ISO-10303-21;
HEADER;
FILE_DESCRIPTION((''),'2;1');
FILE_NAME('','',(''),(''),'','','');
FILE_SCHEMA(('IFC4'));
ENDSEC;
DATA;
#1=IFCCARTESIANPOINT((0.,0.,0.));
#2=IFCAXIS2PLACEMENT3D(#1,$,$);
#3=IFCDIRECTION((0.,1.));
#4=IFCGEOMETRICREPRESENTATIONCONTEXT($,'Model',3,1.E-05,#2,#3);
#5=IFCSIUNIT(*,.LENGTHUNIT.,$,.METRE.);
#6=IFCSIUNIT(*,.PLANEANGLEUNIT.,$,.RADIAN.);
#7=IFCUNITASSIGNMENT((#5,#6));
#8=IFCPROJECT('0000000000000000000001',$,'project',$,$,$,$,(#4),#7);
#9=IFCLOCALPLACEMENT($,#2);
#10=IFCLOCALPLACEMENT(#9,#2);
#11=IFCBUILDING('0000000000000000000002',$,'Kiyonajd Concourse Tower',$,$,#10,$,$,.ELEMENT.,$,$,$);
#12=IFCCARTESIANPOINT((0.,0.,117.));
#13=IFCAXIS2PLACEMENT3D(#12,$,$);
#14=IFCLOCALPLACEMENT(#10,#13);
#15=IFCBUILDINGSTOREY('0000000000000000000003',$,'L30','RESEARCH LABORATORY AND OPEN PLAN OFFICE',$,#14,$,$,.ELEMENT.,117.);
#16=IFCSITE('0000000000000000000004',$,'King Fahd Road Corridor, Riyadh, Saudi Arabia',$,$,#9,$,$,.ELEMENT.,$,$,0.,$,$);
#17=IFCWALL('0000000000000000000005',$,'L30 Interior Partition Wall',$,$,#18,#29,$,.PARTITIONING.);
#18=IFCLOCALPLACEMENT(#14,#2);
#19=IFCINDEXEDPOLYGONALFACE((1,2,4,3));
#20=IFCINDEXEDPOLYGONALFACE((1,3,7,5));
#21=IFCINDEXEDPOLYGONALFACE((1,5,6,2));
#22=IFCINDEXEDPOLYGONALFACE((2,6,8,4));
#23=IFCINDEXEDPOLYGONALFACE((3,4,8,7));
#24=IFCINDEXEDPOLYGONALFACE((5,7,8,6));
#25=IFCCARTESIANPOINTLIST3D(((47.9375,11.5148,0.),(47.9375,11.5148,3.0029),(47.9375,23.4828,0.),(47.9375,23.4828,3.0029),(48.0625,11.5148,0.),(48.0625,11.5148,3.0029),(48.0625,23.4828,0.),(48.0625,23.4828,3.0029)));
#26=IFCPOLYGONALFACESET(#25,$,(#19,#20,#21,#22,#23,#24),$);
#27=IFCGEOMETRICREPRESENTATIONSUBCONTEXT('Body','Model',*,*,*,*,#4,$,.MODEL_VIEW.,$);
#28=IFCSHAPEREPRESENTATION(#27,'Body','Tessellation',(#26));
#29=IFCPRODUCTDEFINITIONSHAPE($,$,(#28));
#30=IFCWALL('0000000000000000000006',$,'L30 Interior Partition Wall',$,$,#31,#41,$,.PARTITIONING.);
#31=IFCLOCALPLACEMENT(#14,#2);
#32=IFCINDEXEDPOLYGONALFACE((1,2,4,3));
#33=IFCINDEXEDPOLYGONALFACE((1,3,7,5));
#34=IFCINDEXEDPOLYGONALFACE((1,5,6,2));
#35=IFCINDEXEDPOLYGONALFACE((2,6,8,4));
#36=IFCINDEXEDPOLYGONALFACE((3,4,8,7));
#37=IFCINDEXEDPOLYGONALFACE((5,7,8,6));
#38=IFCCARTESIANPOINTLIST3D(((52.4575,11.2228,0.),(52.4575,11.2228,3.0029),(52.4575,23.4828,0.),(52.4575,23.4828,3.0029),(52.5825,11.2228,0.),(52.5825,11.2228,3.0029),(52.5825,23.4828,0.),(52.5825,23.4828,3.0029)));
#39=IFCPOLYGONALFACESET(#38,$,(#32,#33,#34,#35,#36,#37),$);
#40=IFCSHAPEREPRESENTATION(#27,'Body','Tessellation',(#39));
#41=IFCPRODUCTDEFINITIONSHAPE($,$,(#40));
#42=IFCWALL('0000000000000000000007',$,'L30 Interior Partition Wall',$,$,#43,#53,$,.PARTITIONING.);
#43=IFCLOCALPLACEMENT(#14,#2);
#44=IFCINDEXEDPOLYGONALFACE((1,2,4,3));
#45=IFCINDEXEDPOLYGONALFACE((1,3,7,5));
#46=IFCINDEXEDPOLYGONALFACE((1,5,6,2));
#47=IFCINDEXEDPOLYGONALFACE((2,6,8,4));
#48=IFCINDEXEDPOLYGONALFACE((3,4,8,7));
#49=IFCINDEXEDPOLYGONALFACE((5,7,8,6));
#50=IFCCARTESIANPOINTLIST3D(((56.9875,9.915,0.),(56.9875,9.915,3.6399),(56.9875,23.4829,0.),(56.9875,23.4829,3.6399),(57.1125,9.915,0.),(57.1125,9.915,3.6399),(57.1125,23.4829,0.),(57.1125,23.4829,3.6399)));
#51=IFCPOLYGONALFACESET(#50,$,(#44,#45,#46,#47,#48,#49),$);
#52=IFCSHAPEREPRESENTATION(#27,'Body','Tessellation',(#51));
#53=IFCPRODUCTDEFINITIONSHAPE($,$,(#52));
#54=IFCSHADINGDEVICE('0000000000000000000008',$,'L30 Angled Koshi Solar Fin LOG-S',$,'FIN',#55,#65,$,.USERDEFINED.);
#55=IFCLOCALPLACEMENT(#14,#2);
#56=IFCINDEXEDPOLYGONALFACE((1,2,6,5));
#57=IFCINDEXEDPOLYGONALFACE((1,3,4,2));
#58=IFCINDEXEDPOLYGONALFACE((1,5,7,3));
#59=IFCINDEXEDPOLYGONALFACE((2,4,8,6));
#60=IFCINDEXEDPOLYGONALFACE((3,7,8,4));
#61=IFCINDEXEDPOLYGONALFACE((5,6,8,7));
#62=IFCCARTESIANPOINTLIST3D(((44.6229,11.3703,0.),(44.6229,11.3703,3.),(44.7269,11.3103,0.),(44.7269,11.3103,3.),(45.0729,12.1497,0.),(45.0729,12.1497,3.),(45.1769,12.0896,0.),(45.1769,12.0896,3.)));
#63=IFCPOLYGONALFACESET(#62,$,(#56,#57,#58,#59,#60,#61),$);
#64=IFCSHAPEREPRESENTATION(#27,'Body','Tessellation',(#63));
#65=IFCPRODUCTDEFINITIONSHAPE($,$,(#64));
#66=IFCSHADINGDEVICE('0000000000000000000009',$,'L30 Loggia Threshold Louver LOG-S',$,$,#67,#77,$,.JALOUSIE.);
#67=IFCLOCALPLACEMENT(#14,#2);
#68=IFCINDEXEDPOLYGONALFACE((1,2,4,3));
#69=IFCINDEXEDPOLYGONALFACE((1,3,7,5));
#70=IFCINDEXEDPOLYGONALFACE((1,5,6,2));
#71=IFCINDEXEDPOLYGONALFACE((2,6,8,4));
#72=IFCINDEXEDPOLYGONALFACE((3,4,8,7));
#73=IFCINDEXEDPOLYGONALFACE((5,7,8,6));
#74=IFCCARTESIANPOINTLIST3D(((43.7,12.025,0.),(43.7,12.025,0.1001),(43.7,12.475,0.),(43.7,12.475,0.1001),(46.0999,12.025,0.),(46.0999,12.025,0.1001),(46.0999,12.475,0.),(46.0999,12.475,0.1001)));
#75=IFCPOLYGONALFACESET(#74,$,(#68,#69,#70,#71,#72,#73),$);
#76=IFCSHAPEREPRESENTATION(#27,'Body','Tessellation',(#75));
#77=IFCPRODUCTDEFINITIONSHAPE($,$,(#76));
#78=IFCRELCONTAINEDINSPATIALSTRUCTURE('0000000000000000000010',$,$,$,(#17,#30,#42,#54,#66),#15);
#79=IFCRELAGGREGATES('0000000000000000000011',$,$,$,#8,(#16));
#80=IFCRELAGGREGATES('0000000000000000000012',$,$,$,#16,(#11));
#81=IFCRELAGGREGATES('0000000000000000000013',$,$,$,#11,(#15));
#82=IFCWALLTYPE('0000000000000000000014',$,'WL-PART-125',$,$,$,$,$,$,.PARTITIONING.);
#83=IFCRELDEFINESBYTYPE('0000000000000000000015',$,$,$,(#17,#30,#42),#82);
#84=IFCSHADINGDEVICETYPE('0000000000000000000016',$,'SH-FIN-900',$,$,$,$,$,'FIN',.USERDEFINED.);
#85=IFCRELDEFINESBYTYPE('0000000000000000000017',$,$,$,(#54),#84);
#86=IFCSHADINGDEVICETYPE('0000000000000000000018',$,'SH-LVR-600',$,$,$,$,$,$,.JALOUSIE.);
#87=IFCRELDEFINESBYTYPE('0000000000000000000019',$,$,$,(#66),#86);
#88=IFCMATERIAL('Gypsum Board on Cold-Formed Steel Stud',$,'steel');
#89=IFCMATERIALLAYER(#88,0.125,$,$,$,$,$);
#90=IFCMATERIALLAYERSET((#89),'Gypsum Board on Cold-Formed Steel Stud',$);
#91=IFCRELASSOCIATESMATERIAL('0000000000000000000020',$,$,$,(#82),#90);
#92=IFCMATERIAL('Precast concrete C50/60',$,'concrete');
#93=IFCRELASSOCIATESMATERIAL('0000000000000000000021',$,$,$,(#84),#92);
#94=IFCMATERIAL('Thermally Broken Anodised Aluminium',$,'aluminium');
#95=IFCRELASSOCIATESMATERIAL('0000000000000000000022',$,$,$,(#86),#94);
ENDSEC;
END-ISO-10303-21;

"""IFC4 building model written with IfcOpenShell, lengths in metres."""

from ifc_helpers import new_model, si_unit, direction, frame, frame_2d, origin, origin_2d, place, context, subcontext, project, spatial, rectangle, extrude, material, layer, layer_set, type_object, element, save


model = new_model("IFC4")

# Units and contexts
model_context = context("Model", 3, precision=1e-05, world=origin(), true_north=direction((0.0, 1.0)))
body_context = subcontext(model_context, "Body", "Model", "MODEL_VIEW")
ifc_project = project(units=[si_unit("LENGTHUNIT", "METRE"), si_unit("PLANEANGLEUNIT", "RADIAN")], contexts=[model_context])

# Site, building, storey
site_placement = place(None, origin())
site = spatial("IfcSite", under=ifc_project, at=site_placement, Name="King Fahd Road Corridor, Riyadh, Saudi Arabia", CompositionType="ELEMENT", RefElevation=0.0)
building_placement = place(site_placement, origin())
building = spatial("IfcBuilding", under=site, at=building_placement, Name="Kiyonajd Concourse Tower", CompositionType="ELEMENT")
storey_placement = place(building_placement, frame((0.0, 0.0, 117.0)))
storey = spatial("IfcBuildingStorey", under=building, at=storey_placement, Name="L30", Description="RESEARCH LABORATORY AND OPEN PLAN OFFICE", CompositionType="ELEMENT", Elevation=117.0)

# Shared definitions
ifc_material_1 = material(Name="Precast concrete C50/60", Category="concrete")

# Shared definitions
ifc_material_2 = material(Name="Thermally Broken Anodised Aluminium", Category="aluminium")

# Walls
ifc_material_3 = material(Name="Gypsum Board on Cold-Formed Steel Stud", Category="steel")
ifc_layer_1 = layer(ifc_material_3, 0.125)
ifc_layer_set_1 = layer_set([ifc_layer_1], Name="Gypsum Board on Cold-Formed Steel Stud")
wall_type_1 = type_object("IfcWallType", Name="WL-PART-125", PredefinedType="PARTITIONING", material=ifc_layer_set_1)
wall_1_placement = place(storey_placement, frame((48.0, 11.5149, 0.0), z_axis=(0.0, 0.0, 1.0), x_axis=(0.0, 1.0, 0.0)))
element("IfcWall", 1, at=wall_1_placement, inside=storey, type_object=wall_type_1, Name="L30 Interior Partition Wall", PredefinedType="PARTITIONING", context=body_context, shape_type="SweptSolid", body=[
    extrude(rectangle(XDim=11.968, YDim=0.125, at=frame_2d((5.9839, 0.0))), origin(), (0.0, 0.0, 1.0), 3.0029),
])
wall_2_placement = place(storey_placement, frame((52.52, 11.2229, 0.0), z_axis=(0.0, 0.0, 1.0), x_axis=(0.0, 1.0, 0.0)))
element("IfcWall", 2, at=wall_2_placement, inside=storey, type_object=wall_type_1, Name="L30 Interior Partition Wall", PredefinedType="PARTITIONING", context=body_context, shape_type="SweptSolid", body=[
    extrude(rectangle(XDim=12.26, YDim=0.125, at=frame_2d((6.1299, 0.0))), origin(), (0.0, 0.0, 1.0), 3.0029),
])
wall_3_placement = place(storey_placement, frame((57.05, 9.915, 0.0), z_axis=(0.0, 0.0, 1.0), x_axis=(0.0, 1.0, 0.0)))
element("IfcWall", 3, at=wall_3_placement, inside=storey, type_object=wall_type_1, Name="L30 Interior Partition Wall", PredefinedType="PARTITIONING", context=body_context, shape_type="SweptSolid", body=[
    extrude(rectangle(XDim=13.5679, YDim=0.125, at=frame_2d((6.7839, 0.0))), origin(), (0.0, 0.0, 1.0), 3.6399),
])

# Shading devices
shading_device_type_1 = type_object("IfcShadingDeviceType", Name="SH-FIN-900", ElementType="FIN", PredefinedType="USERDEFINED", material=ifc_material_1)
shading_device_1_placement = place(storey_placement, frame((44.8999, 11.73, 0.0), z_axis=(0.0, 0.0, 1.0), x_axis=(0.5, 0.866025, 0.0)))
element("IfcShadingDevice", 4, at=shading_device_1_placement, inside=storey, type_object=shading_device_type_1, Name="L30 Angled Koshi Solar Fin LOG-S", ObjectType="FIN", PredefinedType="USERDEFINED", context=body_context, shape_type="SweptSolid", body=[
    extrude(rectangle(XDim=0.8999, YDim=0.1201, at=origin_2d()), origin(), (0.0, 0.0, 1.0), 3.0),
])
shading_device_type_2 = type_object("IfcShadingDeviceType", Name="SH-LVR-600", PredefinedType="JALOUSIE", material=ifc_material_2)
shading_device_2_placement = place(storey_placement, frame((44.8999, 12.25, 0.0), z_axis=(0.0, 0.0, 1.0), x_axis=(1.0, 0.0, 0.0)))
element("IfcShadingDevice", 5, at=shading_device_2_placement, inside=storey, type_object=shading_device_type_2, Name="L30 Loggia Threshold Louver LOG-S", PredefinedType="JALOUSIE", context=body_context, shape_type="SweptSolid", body=[
    extrude(rectangle(XDim=2.3999, YDim=0.45, at=origin_2d()), origin(), (0.0, 0.0, 1.0), 0.1001),
])

save(model, "model.ifc")
